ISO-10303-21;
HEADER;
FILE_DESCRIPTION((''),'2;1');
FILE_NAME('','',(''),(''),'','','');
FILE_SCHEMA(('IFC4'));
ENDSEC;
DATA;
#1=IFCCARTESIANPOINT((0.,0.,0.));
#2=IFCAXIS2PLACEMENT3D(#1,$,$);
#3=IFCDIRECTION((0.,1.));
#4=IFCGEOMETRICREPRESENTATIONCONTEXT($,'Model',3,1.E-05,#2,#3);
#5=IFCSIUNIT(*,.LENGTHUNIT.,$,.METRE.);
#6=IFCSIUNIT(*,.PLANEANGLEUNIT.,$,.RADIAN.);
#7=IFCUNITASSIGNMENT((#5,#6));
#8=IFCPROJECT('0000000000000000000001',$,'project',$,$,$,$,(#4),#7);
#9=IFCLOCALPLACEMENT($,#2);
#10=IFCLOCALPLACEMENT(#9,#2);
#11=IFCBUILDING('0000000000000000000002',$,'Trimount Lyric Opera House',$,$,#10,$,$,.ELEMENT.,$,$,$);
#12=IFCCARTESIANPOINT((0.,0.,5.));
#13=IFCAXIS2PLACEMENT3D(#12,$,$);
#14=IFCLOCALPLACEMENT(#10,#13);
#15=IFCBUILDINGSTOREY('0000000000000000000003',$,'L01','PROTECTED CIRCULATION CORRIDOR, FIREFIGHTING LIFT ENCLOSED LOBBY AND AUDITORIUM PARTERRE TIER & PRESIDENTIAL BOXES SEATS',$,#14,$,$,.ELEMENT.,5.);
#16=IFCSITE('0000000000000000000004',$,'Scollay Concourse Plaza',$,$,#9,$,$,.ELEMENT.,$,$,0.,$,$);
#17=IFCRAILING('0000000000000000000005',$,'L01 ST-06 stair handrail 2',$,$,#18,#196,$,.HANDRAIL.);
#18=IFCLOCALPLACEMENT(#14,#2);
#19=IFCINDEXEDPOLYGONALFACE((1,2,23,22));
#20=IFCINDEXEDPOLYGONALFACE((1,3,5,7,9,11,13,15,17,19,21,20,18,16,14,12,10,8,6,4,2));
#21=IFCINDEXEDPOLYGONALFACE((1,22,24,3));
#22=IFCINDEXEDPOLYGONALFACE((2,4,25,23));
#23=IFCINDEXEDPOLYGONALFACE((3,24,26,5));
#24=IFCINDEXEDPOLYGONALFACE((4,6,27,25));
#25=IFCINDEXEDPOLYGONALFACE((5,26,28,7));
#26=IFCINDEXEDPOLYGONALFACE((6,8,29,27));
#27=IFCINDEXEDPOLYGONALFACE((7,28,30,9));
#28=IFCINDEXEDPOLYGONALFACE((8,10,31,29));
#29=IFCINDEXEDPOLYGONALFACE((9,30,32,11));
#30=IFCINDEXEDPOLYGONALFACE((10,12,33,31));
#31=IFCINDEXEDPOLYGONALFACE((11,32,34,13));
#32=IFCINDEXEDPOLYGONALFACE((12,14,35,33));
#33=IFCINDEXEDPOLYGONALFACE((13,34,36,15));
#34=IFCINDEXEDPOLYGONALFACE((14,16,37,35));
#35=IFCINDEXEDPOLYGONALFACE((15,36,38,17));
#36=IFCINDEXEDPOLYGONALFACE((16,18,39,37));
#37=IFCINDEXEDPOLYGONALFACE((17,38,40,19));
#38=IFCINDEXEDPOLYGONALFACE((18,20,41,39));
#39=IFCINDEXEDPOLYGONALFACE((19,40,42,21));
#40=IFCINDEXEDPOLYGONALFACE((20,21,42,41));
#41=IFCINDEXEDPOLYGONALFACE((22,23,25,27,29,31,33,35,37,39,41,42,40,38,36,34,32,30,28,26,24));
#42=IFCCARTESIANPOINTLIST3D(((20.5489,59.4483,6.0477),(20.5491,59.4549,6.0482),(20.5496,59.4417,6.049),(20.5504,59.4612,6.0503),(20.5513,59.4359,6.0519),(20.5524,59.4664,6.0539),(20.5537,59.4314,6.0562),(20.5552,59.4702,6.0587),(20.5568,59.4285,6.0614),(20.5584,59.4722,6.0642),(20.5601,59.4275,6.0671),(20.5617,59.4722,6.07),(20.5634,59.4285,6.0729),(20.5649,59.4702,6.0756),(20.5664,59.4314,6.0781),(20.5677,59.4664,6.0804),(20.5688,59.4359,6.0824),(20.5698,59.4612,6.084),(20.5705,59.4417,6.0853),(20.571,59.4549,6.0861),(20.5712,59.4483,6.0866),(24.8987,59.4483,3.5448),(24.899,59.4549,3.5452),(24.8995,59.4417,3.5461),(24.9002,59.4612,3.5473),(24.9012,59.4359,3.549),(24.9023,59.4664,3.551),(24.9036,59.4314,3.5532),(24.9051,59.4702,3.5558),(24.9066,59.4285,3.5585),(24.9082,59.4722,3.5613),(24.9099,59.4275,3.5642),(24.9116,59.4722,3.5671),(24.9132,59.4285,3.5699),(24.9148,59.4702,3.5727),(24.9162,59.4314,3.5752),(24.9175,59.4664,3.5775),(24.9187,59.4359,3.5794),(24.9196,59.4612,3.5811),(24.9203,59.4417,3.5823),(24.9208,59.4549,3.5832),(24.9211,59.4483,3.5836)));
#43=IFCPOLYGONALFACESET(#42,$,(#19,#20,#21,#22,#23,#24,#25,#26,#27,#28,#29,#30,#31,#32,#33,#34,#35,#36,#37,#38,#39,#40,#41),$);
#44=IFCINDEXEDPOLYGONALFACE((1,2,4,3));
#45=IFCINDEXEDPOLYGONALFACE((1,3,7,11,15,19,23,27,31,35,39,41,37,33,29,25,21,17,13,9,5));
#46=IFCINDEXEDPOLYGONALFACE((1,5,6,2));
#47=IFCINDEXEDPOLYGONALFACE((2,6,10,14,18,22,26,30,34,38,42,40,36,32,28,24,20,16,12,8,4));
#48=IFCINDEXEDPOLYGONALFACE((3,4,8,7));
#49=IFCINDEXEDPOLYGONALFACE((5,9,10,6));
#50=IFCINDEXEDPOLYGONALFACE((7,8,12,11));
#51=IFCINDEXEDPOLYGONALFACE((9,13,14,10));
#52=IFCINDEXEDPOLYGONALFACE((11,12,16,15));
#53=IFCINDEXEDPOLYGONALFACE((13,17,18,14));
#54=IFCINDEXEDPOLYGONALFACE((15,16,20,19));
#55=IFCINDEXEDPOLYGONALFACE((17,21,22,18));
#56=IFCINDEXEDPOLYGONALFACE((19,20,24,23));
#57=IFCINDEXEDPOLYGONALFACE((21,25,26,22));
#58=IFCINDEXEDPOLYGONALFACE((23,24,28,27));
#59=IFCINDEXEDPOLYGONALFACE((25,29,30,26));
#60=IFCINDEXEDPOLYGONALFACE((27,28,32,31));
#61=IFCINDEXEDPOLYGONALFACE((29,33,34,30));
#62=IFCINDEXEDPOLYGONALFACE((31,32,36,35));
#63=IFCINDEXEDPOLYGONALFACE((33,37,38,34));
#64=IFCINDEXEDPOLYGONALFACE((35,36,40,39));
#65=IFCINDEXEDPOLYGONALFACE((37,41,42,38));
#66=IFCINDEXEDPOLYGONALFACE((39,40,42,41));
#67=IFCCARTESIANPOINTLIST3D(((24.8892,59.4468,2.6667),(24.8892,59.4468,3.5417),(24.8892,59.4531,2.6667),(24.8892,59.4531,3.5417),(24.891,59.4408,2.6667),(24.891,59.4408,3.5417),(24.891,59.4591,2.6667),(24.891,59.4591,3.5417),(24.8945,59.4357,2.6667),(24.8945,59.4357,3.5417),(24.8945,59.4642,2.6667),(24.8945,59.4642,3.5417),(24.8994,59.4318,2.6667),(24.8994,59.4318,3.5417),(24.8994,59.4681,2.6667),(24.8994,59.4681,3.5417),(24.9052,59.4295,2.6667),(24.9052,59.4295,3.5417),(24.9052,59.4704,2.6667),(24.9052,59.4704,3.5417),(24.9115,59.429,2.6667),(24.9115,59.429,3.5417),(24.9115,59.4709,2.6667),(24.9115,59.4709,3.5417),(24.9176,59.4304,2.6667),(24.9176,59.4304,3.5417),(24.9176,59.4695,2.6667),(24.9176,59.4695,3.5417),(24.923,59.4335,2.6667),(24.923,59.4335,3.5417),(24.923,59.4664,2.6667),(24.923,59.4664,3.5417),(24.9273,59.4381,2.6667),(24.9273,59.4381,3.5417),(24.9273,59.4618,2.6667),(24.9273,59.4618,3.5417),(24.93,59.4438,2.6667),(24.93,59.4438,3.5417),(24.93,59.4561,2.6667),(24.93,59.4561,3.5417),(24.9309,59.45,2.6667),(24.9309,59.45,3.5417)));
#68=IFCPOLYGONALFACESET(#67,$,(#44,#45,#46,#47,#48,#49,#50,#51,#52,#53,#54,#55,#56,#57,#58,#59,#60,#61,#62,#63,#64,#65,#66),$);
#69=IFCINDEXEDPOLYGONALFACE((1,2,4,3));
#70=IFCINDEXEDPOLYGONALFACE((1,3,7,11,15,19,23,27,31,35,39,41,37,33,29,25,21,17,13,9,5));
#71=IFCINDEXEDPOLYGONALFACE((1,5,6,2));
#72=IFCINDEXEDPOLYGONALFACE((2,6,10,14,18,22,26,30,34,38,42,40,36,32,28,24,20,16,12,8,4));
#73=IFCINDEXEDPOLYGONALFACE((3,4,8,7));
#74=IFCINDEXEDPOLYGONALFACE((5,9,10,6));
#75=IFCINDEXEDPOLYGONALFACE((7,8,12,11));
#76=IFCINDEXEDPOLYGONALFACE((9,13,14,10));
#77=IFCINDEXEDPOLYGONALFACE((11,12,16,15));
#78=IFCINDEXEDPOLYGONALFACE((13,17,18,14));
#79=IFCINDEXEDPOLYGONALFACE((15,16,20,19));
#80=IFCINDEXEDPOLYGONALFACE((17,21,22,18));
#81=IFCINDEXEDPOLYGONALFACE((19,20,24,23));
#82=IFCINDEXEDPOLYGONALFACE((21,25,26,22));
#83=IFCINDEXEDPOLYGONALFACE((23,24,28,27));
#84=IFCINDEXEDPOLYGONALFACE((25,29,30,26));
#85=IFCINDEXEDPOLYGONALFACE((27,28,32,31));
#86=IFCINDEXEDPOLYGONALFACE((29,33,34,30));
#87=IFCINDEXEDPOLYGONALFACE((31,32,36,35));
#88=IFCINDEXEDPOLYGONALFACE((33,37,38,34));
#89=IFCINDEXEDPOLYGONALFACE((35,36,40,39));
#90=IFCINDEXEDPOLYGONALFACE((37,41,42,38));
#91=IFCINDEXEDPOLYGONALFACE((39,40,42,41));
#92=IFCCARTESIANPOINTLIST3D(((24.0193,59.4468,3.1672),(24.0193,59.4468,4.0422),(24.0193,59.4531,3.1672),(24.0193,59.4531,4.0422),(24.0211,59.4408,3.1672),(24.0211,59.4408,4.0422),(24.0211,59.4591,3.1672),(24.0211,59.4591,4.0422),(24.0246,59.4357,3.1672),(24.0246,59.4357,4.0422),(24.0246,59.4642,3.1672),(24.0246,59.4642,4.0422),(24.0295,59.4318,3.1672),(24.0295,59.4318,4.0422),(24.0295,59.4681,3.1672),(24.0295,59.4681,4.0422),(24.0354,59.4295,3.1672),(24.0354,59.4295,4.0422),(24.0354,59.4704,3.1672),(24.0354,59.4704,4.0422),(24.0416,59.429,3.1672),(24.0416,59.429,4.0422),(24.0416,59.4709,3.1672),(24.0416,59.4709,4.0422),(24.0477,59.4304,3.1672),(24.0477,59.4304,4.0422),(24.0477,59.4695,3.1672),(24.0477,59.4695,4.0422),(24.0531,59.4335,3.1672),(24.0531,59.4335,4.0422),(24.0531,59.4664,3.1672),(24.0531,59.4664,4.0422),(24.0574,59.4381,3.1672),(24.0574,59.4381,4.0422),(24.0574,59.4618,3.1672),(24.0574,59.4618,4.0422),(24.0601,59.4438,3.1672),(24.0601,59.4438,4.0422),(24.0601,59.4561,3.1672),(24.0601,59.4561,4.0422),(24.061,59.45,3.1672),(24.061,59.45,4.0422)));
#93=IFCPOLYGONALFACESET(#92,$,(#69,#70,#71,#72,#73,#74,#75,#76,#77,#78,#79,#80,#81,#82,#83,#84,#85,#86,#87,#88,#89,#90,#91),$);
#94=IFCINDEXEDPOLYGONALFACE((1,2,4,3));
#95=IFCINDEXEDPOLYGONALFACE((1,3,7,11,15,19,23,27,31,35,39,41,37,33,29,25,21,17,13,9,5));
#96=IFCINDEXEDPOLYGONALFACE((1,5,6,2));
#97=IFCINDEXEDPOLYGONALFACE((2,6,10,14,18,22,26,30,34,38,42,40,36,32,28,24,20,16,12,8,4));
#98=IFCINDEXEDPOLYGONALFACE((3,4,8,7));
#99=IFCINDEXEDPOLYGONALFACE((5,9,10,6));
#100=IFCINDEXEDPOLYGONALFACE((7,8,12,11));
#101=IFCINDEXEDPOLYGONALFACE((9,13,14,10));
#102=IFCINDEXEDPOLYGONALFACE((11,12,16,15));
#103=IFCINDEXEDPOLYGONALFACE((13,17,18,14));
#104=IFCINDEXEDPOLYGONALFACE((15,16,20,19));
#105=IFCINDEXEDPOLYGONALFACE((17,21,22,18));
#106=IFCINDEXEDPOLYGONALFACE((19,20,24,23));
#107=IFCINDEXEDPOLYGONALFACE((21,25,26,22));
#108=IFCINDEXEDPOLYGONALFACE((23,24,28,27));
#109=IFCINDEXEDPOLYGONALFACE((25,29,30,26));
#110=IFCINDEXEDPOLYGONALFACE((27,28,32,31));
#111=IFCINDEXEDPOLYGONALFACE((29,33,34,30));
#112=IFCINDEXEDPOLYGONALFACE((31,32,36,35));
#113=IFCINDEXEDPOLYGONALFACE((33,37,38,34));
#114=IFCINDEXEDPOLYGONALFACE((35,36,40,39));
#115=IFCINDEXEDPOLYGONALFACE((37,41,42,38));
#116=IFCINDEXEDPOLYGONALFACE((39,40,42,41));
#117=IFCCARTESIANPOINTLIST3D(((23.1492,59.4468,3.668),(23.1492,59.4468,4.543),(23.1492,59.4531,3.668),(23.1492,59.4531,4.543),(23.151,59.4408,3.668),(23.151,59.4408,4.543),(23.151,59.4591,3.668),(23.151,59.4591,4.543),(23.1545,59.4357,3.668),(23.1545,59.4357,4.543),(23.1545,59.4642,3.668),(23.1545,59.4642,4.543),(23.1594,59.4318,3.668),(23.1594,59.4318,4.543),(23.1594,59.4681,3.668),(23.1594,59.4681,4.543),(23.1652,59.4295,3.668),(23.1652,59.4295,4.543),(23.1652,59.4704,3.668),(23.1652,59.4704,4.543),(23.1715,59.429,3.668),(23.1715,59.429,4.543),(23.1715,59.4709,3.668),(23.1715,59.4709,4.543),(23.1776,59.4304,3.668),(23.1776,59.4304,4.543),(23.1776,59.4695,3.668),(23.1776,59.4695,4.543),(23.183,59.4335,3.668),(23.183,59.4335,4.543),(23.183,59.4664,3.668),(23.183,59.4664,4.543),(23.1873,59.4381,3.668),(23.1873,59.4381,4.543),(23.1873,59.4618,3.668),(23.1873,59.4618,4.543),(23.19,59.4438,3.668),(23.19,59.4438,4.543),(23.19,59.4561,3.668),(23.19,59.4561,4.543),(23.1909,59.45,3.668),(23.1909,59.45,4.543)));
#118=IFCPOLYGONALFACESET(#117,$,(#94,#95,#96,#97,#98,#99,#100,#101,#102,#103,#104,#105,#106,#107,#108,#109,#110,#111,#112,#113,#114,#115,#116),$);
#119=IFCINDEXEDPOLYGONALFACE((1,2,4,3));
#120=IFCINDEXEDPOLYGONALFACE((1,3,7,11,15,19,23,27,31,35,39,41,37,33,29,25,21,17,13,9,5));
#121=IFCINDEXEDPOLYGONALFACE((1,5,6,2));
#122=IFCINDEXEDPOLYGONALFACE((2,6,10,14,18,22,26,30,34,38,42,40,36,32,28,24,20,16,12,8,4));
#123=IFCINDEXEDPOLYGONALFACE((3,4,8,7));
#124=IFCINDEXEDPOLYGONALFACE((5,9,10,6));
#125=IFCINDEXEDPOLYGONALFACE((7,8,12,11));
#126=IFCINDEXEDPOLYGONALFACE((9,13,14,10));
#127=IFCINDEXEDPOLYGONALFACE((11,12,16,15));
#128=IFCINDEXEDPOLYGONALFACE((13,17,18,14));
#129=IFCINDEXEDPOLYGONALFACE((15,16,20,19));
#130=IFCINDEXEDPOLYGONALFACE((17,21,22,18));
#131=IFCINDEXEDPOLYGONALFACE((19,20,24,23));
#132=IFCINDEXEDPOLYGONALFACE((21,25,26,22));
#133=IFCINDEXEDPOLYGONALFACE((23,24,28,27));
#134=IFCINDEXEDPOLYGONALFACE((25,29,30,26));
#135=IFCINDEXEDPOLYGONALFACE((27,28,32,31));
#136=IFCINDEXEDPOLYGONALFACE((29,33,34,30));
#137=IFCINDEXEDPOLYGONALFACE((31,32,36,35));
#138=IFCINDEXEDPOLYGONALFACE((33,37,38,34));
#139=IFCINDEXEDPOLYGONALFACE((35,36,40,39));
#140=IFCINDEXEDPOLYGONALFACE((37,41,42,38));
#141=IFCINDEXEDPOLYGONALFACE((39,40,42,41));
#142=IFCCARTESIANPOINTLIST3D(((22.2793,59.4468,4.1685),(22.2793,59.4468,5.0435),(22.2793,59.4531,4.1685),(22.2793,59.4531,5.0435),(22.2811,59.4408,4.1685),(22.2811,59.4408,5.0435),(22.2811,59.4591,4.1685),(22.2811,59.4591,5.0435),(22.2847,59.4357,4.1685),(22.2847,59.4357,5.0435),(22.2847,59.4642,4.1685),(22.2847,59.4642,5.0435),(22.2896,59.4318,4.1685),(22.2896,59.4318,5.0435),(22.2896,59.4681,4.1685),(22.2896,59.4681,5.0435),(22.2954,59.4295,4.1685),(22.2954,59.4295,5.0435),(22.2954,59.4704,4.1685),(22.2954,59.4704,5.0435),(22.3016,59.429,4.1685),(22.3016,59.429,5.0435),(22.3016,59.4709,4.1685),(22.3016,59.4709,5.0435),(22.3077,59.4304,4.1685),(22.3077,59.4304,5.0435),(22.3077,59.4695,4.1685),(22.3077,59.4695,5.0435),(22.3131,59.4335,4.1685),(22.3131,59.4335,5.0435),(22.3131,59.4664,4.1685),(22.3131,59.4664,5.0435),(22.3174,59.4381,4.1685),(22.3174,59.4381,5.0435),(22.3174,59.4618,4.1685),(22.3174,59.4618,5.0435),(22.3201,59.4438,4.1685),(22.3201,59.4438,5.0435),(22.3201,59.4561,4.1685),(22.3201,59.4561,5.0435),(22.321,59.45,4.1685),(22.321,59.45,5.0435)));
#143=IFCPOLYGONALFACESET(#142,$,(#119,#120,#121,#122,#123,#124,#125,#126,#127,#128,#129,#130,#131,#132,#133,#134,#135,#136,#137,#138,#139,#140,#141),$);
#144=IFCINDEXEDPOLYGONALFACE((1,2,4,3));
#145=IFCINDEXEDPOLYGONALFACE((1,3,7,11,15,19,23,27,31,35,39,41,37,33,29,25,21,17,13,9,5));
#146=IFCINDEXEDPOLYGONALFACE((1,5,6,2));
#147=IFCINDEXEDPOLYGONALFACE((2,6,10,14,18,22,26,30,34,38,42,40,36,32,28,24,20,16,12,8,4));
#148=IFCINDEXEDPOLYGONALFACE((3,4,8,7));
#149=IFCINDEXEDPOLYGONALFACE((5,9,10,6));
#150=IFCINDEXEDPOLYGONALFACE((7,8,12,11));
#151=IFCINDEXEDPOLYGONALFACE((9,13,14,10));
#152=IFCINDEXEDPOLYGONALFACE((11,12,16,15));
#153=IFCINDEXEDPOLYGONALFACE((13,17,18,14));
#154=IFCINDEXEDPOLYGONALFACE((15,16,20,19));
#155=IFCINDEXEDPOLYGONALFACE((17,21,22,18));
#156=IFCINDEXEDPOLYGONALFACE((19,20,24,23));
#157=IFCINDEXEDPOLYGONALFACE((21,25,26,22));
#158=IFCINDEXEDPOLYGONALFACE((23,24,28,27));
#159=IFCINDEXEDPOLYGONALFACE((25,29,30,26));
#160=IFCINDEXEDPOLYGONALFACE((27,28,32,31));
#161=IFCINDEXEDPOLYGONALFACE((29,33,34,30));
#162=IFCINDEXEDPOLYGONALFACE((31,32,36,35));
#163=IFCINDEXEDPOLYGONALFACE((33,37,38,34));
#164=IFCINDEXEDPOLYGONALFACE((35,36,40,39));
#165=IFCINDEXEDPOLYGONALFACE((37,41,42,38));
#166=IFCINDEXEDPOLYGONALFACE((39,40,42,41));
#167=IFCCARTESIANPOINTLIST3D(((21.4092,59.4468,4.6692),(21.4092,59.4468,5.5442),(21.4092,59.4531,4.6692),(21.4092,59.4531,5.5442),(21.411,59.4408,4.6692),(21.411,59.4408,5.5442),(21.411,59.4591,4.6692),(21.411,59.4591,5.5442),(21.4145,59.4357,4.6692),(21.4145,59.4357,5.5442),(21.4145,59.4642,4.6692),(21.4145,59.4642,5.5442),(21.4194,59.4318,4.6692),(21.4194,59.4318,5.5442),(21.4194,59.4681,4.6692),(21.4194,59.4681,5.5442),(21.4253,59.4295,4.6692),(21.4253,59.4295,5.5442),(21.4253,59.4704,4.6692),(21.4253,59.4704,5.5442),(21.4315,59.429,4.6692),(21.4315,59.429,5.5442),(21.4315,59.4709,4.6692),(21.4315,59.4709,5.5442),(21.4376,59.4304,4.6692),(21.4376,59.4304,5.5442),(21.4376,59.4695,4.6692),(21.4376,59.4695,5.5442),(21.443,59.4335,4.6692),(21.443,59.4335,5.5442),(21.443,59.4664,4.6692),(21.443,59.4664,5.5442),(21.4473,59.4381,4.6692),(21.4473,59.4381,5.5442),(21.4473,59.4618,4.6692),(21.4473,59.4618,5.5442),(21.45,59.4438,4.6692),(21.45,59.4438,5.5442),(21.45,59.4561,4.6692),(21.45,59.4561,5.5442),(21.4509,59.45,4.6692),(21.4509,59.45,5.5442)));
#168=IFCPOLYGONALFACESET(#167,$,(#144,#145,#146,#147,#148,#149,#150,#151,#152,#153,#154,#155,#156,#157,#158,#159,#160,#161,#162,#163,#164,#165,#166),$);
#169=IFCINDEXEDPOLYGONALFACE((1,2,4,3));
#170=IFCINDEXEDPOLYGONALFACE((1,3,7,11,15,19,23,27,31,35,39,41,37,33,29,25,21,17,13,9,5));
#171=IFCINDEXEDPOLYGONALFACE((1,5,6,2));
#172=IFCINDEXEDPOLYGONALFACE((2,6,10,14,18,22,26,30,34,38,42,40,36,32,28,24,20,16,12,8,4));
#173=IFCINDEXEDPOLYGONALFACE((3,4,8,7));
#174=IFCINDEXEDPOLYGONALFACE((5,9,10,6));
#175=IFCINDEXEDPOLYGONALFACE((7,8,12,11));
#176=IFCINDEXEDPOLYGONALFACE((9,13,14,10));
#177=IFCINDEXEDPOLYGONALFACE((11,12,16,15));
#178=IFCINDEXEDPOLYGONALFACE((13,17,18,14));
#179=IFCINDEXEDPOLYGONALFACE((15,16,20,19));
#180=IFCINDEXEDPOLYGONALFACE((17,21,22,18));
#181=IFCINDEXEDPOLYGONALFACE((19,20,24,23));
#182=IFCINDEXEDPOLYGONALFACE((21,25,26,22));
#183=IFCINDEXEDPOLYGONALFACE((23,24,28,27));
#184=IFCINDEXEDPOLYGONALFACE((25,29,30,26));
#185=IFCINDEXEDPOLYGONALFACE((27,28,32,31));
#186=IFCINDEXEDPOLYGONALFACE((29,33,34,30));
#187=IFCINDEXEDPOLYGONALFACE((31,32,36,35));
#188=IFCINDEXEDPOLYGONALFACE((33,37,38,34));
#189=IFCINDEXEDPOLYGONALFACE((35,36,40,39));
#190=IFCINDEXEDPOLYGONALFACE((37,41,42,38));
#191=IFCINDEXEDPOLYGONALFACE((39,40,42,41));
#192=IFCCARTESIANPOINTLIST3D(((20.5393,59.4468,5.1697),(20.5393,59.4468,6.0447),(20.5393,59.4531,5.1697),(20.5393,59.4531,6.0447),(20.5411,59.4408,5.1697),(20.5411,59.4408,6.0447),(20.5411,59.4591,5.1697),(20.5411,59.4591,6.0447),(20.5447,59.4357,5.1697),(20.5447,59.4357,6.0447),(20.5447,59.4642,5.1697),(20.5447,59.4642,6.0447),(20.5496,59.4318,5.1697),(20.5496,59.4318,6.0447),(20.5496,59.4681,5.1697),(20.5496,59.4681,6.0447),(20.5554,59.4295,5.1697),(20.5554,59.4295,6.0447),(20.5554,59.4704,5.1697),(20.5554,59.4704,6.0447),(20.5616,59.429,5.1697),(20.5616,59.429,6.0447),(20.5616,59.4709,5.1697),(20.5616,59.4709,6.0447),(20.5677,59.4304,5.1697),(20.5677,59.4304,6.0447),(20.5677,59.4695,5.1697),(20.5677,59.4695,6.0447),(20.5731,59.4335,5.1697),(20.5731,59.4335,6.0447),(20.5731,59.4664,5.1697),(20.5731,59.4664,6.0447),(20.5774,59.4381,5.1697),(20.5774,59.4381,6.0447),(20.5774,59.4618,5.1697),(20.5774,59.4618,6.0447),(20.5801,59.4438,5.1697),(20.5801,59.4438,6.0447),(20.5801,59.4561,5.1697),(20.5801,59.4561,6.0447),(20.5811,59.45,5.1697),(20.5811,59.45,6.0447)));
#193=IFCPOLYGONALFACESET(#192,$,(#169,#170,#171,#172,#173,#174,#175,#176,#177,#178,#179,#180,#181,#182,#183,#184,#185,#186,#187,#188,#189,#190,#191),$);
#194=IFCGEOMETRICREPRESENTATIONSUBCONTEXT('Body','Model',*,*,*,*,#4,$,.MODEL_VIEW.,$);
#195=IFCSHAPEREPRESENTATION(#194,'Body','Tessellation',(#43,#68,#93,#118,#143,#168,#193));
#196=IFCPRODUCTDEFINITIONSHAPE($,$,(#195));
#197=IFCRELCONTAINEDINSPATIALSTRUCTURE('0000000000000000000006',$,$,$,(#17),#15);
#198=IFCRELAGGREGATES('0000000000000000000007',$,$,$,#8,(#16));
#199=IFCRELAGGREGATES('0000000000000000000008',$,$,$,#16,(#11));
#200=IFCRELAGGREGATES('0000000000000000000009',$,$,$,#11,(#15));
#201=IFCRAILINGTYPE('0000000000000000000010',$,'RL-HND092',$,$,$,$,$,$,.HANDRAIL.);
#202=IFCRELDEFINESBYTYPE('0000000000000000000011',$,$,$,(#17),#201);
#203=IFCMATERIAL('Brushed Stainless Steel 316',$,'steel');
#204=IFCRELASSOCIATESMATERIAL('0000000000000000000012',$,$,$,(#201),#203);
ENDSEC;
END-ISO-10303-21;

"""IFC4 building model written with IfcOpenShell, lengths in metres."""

from ifc_helpers import new_model, si_unit, direction, frame, origin, origin_2d, place, context, subcontext, project, spatial, circle, extrude, material, type_object, element, save


model = new_model("IFC4")

# Units and contexts
model_context = context("Model", 3, precision=1e-05, world=origin(), true_north=direction((0.0, 1.0)))
body_context = subcontext(model_context, "Body", "Model", "MODEL_VIEW")
ifc_project = project(units=[si_unit("LENGTHUNIT", "METRE"), si_unit("PLANEANGLEUNIT", "RADIAN")], contexts=[model_context])

# Site, building, storey
site_placement = place(None, origin())
site = spatial("IfcSite", under=ifc_project, at=site_placement, Name="Scollay Concourse Plaza", CompositionType="ELEMENT", RefElevation=0.0)
building_placement = place(site_placement, origin())
building = spatial("IfcBuilding", under=site, at=building_placement, Name="Trimount Lyric Opera House", CompositionType="ELEMENT")
storey_placement = place(building_placement, frame((0.0, 0.0, 5.0)))
storey = spatial("IfcBuildingStorey", under=building, at=storey_placement, Name="L01", Description="PROTECTED CIRCULATION CORRIDOR, FIREFIGHTING LIFT ENCLOSED LOBBY AND AUDITORIUM PARTERRE TIER & PRESIDENTIAL BOXES SEATS", CompositionType="ELEMENT", Elevation=5.0)

# Railing
ifc_material_1 = material(Name="Brushed Stainless Steel 316", Category="steel")
railing_type_1 = type_object("IfcRailingType", Name="RL-HND092", PredefinedType="HANDRAIL", material=ifc_material_1)
railing_1_placement = place(storey_placement, frame((24.9099, 59.45, 2.6667)))
element("IfcRailing", 1, at=railing_1_placement, inside=storey, type_object=railing_type_1, Name="L01 ST-06 stair handrail 2", PredefinedType="HANDRAIL", context=body_context, shape_type="SweptSolid", body=[
    extrude(circle(Radius=0.0225, at=origin_2d()), frame((0.0, 0.0, 0.8975), z_axis=(-0.866754, 0.0, 0.498735), x_axis=(0.0, -1.0, 0.0)), (0.0, 0.0, 1.0), 5.0186),
    extrude(circle(Radius=0.021, at=origin_2d()), origin(), (0.0, 0.0, 1.0), 0.875),
    extrude(circle(Radius=0.021, at=origin_2d()), frame((-0.8699, 0.0, 0.5005)), (0.0, 0.0, 1.0), 0.875),
    extrude(circle(Radius=0.021, at=origin_2d()), frame((-1.74, 0.0, 1.0012)), (0.0, 0.0, 1.0), 0.875),
    extrude(circle(Radius=0.021, at=origin_2d()), frame((-2.6099, 0.0, 1.5017)), (0.0, 0.0, 1.0), 0.875),
    extrude(circle(Radius=0.021, at=origin_2d()), frame((-3.48, 0.0, 2.0024)), (0.0, 0.0, 1.0), 0.875),
    extrude(circle(Radius=0.021, at=origin_2d()), frame((-4.3499, 0.0, 2.5029)), (0.0, 0.0, 1.0), 0.875),
])

save(model, "model.ifc")
